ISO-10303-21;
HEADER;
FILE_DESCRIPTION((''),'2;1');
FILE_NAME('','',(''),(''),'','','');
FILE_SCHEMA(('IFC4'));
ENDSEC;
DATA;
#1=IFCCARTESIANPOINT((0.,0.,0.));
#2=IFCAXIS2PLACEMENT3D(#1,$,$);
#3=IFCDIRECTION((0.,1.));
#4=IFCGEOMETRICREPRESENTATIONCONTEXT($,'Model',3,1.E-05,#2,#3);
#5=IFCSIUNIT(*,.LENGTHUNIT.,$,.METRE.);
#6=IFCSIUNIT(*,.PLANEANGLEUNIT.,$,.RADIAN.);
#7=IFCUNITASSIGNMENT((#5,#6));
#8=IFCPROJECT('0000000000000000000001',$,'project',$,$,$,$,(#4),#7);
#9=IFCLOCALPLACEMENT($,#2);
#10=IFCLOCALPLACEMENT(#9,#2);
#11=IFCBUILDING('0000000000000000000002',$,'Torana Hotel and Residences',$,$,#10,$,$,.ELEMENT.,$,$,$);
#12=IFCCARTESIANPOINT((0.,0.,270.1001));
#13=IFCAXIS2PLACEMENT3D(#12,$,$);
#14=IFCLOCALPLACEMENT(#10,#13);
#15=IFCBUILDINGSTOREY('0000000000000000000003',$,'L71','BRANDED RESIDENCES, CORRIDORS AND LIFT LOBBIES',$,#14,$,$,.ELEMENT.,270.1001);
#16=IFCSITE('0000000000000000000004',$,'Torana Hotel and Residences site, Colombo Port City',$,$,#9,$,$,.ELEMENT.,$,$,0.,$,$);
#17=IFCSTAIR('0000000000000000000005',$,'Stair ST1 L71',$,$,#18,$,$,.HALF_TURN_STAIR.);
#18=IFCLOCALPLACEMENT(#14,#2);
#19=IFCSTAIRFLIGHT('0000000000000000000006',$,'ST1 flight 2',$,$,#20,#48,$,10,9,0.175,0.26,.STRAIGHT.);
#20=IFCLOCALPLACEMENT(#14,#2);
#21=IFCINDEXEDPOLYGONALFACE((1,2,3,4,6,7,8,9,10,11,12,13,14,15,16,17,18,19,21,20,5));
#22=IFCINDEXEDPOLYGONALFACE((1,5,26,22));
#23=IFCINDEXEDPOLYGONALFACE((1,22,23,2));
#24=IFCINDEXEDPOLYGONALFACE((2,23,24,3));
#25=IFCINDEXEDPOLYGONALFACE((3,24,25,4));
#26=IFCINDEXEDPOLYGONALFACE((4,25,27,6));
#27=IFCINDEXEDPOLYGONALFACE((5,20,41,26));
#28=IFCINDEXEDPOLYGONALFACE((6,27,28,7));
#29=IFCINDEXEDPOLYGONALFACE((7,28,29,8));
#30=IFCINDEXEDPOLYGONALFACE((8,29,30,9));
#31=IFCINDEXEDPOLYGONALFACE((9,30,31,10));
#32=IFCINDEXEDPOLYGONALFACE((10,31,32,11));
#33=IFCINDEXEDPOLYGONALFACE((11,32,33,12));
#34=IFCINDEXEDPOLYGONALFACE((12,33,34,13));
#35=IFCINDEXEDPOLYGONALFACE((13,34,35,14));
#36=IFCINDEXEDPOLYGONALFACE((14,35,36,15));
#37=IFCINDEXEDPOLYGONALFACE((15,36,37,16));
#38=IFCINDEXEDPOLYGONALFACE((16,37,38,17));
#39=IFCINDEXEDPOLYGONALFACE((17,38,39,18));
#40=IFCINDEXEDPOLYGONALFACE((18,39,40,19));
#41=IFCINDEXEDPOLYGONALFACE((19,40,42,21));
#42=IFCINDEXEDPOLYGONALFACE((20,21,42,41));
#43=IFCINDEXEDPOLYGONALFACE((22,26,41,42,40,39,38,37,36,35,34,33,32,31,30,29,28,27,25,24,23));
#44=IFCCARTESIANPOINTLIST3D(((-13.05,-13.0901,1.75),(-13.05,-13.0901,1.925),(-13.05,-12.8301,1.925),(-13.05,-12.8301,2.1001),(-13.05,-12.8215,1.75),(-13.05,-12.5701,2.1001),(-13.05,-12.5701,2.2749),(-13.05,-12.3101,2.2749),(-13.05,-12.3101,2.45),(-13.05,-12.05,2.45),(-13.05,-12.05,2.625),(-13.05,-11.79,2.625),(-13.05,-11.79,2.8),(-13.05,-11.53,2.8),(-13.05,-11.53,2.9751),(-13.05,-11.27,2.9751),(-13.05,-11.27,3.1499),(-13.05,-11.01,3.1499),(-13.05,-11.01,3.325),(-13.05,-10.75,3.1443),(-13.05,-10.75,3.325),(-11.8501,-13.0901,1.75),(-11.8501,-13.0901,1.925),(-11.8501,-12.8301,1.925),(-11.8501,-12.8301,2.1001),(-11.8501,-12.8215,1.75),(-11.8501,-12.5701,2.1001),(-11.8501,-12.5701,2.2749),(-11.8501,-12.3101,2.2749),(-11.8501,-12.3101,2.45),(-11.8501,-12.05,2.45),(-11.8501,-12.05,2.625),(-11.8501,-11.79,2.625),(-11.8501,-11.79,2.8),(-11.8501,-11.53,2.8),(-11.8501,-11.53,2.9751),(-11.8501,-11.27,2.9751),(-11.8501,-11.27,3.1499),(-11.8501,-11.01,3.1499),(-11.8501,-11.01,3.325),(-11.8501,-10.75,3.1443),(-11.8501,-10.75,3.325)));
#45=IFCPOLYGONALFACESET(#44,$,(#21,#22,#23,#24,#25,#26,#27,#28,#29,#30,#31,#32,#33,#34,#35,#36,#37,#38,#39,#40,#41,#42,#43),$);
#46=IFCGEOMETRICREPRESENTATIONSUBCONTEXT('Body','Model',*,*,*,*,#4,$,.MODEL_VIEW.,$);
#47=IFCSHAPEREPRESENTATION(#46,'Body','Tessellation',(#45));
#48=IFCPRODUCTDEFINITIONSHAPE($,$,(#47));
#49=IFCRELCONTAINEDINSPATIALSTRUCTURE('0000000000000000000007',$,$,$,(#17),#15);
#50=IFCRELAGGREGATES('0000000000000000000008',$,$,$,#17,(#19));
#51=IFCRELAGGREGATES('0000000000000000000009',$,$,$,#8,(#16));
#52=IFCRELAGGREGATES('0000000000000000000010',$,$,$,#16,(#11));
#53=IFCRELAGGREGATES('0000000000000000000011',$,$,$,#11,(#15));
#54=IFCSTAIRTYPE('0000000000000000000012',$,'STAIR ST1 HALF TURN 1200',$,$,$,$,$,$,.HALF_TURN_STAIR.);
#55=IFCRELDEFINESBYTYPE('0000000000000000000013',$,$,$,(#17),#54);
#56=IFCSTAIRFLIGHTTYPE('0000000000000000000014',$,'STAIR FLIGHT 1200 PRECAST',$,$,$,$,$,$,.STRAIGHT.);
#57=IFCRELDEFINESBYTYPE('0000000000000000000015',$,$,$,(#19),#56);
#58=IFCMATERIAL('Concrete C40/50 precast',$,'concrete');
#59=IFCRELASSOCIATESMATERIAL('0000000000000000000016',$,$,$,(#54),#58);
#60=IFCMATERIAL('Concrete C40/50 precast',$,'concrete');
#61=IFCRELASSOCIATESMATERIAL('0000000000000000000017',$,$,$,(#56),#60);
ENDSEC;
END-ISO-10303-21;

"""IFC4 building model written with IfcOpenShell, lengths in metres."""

from ifc_helpers import new_model, si_unit, direction, frame, origin, place, context, subcontext, project, spatial, polyline, outline, extrude, material, type_object, element, aggregate, save


model = new_model("IFC4")

# Units and contexts
model_context = context("Model", 3, precision=1e-05, world=origin(), true_north=direction((0.0, 1.0)))
body_context = subcontext(model_context, "Body", "Model", "MODEL_VIEW")
ifc_project = project(units=[si_unit("LENGTHUNIT", "METRE"), si_unit("PLANEANGLEUNIT", "RADIAN")], contexts=[model_context])

# Site, building, storey
site_placement = place(None, origin())
site = spatial("IfcSite", under=ifc_project, at=site_placement, Name="Torana Hotel and Residences site, Colombo Port City", CompositionType="ELEMENT", RefElevation=0.0)
building_placement = place(site_placement, origin())
building = spatial("IfcBuilding", under=site, at=building_placement, Name="Torana Hotel and Residences", CompositionType="ELEMENT")
storey_placement = place(building_placement, frame((0.0, 0.0, 270.1001)))
storey = spatial("IfcBuildingStorey", under=building, at=storey_placement, Name="L71", Description="BRANDED RESIDENCES, CORRIDORS AND LIFT LOBBIES", CompositionType="ELEMENT", Elevation=270.1001)

# Stair, stair flight
ifc_material_1 = material(Name="Concrete C40/50 precast", Category="concrete")
stair_type = type_object("IfcStairType", Name="STAIR ST1 HALF TURN 1200", PredefinedType="HALF_TURN_STAIR", material=ifc_material_1)
stair_placement = place(storey_placement, origin())
stair = element("IfcStair", 1, at=stair_placement, inside=storey, type_object=stair_type, Name="Stair ST1 L71", PredefinedType="HALF_TURN_STAIR")
ifc_material_2 = material(Name="Concrete C40/50 precast", Category="concrete")
stair_flight_type = type_object("IfcStairFlightType", Name="STAIR FLIGHT 1200 PRECAST", PredefinedType="STRAIGHT", material=ifc_material_2)
stair_flight_1_placement = place(storey_placement, frame((-12.45, -13.0901, 1.75), z_axis=(0.0, 0.0, 1.0), x_axis=(0.0, 1.0, 0.0)))
stair_flight_1 = element("IfcStairFlight", 2, at=stair_flight_1_placement, type_object=stair_flight_type, Name="ST1 flight 2", NumberOfRisers=10, NumberOfTreads=9, PredefinedType="STRAIGHT", RiserHeight=0.175, TreadLength=0.26, context=body_context, shape_type="SweptSolid", body=[
    extrude(outline(polyline([(0.0, 0.0), (0.0, 0.175), (0.26, 0.175), (0.26, 0.3501), (0.52, 0.3501), (0.52, 0.5249), (0.78, 0.5249), (0.78, 0.7), (1.04, 0.7), (1.04, 0.875), (1.3, 0.875), (1.3, 1.05), (1.5601, 1.05), (1.5601, 1.2251), (1.8201, 1.2251), (1.8201, 1.3999), (2.0801, 1.3999), (2.0801, 1.575), (2.3401, 1.575), (2.3401, 1.75), (2.3401, 1.3943), (0.2686, 0.0), (0.0, 0.0)])), frame((0.0, 0.6001, 0.0), z_axis=(0.0, -1.0, 0.0), x_axis=(1.0, 0.0, 0.0)), (0.0, 0.0, 1.0), 1.2),
])
aggregate(stair, [stair_flight_1])

save(model, "model.ifc")
